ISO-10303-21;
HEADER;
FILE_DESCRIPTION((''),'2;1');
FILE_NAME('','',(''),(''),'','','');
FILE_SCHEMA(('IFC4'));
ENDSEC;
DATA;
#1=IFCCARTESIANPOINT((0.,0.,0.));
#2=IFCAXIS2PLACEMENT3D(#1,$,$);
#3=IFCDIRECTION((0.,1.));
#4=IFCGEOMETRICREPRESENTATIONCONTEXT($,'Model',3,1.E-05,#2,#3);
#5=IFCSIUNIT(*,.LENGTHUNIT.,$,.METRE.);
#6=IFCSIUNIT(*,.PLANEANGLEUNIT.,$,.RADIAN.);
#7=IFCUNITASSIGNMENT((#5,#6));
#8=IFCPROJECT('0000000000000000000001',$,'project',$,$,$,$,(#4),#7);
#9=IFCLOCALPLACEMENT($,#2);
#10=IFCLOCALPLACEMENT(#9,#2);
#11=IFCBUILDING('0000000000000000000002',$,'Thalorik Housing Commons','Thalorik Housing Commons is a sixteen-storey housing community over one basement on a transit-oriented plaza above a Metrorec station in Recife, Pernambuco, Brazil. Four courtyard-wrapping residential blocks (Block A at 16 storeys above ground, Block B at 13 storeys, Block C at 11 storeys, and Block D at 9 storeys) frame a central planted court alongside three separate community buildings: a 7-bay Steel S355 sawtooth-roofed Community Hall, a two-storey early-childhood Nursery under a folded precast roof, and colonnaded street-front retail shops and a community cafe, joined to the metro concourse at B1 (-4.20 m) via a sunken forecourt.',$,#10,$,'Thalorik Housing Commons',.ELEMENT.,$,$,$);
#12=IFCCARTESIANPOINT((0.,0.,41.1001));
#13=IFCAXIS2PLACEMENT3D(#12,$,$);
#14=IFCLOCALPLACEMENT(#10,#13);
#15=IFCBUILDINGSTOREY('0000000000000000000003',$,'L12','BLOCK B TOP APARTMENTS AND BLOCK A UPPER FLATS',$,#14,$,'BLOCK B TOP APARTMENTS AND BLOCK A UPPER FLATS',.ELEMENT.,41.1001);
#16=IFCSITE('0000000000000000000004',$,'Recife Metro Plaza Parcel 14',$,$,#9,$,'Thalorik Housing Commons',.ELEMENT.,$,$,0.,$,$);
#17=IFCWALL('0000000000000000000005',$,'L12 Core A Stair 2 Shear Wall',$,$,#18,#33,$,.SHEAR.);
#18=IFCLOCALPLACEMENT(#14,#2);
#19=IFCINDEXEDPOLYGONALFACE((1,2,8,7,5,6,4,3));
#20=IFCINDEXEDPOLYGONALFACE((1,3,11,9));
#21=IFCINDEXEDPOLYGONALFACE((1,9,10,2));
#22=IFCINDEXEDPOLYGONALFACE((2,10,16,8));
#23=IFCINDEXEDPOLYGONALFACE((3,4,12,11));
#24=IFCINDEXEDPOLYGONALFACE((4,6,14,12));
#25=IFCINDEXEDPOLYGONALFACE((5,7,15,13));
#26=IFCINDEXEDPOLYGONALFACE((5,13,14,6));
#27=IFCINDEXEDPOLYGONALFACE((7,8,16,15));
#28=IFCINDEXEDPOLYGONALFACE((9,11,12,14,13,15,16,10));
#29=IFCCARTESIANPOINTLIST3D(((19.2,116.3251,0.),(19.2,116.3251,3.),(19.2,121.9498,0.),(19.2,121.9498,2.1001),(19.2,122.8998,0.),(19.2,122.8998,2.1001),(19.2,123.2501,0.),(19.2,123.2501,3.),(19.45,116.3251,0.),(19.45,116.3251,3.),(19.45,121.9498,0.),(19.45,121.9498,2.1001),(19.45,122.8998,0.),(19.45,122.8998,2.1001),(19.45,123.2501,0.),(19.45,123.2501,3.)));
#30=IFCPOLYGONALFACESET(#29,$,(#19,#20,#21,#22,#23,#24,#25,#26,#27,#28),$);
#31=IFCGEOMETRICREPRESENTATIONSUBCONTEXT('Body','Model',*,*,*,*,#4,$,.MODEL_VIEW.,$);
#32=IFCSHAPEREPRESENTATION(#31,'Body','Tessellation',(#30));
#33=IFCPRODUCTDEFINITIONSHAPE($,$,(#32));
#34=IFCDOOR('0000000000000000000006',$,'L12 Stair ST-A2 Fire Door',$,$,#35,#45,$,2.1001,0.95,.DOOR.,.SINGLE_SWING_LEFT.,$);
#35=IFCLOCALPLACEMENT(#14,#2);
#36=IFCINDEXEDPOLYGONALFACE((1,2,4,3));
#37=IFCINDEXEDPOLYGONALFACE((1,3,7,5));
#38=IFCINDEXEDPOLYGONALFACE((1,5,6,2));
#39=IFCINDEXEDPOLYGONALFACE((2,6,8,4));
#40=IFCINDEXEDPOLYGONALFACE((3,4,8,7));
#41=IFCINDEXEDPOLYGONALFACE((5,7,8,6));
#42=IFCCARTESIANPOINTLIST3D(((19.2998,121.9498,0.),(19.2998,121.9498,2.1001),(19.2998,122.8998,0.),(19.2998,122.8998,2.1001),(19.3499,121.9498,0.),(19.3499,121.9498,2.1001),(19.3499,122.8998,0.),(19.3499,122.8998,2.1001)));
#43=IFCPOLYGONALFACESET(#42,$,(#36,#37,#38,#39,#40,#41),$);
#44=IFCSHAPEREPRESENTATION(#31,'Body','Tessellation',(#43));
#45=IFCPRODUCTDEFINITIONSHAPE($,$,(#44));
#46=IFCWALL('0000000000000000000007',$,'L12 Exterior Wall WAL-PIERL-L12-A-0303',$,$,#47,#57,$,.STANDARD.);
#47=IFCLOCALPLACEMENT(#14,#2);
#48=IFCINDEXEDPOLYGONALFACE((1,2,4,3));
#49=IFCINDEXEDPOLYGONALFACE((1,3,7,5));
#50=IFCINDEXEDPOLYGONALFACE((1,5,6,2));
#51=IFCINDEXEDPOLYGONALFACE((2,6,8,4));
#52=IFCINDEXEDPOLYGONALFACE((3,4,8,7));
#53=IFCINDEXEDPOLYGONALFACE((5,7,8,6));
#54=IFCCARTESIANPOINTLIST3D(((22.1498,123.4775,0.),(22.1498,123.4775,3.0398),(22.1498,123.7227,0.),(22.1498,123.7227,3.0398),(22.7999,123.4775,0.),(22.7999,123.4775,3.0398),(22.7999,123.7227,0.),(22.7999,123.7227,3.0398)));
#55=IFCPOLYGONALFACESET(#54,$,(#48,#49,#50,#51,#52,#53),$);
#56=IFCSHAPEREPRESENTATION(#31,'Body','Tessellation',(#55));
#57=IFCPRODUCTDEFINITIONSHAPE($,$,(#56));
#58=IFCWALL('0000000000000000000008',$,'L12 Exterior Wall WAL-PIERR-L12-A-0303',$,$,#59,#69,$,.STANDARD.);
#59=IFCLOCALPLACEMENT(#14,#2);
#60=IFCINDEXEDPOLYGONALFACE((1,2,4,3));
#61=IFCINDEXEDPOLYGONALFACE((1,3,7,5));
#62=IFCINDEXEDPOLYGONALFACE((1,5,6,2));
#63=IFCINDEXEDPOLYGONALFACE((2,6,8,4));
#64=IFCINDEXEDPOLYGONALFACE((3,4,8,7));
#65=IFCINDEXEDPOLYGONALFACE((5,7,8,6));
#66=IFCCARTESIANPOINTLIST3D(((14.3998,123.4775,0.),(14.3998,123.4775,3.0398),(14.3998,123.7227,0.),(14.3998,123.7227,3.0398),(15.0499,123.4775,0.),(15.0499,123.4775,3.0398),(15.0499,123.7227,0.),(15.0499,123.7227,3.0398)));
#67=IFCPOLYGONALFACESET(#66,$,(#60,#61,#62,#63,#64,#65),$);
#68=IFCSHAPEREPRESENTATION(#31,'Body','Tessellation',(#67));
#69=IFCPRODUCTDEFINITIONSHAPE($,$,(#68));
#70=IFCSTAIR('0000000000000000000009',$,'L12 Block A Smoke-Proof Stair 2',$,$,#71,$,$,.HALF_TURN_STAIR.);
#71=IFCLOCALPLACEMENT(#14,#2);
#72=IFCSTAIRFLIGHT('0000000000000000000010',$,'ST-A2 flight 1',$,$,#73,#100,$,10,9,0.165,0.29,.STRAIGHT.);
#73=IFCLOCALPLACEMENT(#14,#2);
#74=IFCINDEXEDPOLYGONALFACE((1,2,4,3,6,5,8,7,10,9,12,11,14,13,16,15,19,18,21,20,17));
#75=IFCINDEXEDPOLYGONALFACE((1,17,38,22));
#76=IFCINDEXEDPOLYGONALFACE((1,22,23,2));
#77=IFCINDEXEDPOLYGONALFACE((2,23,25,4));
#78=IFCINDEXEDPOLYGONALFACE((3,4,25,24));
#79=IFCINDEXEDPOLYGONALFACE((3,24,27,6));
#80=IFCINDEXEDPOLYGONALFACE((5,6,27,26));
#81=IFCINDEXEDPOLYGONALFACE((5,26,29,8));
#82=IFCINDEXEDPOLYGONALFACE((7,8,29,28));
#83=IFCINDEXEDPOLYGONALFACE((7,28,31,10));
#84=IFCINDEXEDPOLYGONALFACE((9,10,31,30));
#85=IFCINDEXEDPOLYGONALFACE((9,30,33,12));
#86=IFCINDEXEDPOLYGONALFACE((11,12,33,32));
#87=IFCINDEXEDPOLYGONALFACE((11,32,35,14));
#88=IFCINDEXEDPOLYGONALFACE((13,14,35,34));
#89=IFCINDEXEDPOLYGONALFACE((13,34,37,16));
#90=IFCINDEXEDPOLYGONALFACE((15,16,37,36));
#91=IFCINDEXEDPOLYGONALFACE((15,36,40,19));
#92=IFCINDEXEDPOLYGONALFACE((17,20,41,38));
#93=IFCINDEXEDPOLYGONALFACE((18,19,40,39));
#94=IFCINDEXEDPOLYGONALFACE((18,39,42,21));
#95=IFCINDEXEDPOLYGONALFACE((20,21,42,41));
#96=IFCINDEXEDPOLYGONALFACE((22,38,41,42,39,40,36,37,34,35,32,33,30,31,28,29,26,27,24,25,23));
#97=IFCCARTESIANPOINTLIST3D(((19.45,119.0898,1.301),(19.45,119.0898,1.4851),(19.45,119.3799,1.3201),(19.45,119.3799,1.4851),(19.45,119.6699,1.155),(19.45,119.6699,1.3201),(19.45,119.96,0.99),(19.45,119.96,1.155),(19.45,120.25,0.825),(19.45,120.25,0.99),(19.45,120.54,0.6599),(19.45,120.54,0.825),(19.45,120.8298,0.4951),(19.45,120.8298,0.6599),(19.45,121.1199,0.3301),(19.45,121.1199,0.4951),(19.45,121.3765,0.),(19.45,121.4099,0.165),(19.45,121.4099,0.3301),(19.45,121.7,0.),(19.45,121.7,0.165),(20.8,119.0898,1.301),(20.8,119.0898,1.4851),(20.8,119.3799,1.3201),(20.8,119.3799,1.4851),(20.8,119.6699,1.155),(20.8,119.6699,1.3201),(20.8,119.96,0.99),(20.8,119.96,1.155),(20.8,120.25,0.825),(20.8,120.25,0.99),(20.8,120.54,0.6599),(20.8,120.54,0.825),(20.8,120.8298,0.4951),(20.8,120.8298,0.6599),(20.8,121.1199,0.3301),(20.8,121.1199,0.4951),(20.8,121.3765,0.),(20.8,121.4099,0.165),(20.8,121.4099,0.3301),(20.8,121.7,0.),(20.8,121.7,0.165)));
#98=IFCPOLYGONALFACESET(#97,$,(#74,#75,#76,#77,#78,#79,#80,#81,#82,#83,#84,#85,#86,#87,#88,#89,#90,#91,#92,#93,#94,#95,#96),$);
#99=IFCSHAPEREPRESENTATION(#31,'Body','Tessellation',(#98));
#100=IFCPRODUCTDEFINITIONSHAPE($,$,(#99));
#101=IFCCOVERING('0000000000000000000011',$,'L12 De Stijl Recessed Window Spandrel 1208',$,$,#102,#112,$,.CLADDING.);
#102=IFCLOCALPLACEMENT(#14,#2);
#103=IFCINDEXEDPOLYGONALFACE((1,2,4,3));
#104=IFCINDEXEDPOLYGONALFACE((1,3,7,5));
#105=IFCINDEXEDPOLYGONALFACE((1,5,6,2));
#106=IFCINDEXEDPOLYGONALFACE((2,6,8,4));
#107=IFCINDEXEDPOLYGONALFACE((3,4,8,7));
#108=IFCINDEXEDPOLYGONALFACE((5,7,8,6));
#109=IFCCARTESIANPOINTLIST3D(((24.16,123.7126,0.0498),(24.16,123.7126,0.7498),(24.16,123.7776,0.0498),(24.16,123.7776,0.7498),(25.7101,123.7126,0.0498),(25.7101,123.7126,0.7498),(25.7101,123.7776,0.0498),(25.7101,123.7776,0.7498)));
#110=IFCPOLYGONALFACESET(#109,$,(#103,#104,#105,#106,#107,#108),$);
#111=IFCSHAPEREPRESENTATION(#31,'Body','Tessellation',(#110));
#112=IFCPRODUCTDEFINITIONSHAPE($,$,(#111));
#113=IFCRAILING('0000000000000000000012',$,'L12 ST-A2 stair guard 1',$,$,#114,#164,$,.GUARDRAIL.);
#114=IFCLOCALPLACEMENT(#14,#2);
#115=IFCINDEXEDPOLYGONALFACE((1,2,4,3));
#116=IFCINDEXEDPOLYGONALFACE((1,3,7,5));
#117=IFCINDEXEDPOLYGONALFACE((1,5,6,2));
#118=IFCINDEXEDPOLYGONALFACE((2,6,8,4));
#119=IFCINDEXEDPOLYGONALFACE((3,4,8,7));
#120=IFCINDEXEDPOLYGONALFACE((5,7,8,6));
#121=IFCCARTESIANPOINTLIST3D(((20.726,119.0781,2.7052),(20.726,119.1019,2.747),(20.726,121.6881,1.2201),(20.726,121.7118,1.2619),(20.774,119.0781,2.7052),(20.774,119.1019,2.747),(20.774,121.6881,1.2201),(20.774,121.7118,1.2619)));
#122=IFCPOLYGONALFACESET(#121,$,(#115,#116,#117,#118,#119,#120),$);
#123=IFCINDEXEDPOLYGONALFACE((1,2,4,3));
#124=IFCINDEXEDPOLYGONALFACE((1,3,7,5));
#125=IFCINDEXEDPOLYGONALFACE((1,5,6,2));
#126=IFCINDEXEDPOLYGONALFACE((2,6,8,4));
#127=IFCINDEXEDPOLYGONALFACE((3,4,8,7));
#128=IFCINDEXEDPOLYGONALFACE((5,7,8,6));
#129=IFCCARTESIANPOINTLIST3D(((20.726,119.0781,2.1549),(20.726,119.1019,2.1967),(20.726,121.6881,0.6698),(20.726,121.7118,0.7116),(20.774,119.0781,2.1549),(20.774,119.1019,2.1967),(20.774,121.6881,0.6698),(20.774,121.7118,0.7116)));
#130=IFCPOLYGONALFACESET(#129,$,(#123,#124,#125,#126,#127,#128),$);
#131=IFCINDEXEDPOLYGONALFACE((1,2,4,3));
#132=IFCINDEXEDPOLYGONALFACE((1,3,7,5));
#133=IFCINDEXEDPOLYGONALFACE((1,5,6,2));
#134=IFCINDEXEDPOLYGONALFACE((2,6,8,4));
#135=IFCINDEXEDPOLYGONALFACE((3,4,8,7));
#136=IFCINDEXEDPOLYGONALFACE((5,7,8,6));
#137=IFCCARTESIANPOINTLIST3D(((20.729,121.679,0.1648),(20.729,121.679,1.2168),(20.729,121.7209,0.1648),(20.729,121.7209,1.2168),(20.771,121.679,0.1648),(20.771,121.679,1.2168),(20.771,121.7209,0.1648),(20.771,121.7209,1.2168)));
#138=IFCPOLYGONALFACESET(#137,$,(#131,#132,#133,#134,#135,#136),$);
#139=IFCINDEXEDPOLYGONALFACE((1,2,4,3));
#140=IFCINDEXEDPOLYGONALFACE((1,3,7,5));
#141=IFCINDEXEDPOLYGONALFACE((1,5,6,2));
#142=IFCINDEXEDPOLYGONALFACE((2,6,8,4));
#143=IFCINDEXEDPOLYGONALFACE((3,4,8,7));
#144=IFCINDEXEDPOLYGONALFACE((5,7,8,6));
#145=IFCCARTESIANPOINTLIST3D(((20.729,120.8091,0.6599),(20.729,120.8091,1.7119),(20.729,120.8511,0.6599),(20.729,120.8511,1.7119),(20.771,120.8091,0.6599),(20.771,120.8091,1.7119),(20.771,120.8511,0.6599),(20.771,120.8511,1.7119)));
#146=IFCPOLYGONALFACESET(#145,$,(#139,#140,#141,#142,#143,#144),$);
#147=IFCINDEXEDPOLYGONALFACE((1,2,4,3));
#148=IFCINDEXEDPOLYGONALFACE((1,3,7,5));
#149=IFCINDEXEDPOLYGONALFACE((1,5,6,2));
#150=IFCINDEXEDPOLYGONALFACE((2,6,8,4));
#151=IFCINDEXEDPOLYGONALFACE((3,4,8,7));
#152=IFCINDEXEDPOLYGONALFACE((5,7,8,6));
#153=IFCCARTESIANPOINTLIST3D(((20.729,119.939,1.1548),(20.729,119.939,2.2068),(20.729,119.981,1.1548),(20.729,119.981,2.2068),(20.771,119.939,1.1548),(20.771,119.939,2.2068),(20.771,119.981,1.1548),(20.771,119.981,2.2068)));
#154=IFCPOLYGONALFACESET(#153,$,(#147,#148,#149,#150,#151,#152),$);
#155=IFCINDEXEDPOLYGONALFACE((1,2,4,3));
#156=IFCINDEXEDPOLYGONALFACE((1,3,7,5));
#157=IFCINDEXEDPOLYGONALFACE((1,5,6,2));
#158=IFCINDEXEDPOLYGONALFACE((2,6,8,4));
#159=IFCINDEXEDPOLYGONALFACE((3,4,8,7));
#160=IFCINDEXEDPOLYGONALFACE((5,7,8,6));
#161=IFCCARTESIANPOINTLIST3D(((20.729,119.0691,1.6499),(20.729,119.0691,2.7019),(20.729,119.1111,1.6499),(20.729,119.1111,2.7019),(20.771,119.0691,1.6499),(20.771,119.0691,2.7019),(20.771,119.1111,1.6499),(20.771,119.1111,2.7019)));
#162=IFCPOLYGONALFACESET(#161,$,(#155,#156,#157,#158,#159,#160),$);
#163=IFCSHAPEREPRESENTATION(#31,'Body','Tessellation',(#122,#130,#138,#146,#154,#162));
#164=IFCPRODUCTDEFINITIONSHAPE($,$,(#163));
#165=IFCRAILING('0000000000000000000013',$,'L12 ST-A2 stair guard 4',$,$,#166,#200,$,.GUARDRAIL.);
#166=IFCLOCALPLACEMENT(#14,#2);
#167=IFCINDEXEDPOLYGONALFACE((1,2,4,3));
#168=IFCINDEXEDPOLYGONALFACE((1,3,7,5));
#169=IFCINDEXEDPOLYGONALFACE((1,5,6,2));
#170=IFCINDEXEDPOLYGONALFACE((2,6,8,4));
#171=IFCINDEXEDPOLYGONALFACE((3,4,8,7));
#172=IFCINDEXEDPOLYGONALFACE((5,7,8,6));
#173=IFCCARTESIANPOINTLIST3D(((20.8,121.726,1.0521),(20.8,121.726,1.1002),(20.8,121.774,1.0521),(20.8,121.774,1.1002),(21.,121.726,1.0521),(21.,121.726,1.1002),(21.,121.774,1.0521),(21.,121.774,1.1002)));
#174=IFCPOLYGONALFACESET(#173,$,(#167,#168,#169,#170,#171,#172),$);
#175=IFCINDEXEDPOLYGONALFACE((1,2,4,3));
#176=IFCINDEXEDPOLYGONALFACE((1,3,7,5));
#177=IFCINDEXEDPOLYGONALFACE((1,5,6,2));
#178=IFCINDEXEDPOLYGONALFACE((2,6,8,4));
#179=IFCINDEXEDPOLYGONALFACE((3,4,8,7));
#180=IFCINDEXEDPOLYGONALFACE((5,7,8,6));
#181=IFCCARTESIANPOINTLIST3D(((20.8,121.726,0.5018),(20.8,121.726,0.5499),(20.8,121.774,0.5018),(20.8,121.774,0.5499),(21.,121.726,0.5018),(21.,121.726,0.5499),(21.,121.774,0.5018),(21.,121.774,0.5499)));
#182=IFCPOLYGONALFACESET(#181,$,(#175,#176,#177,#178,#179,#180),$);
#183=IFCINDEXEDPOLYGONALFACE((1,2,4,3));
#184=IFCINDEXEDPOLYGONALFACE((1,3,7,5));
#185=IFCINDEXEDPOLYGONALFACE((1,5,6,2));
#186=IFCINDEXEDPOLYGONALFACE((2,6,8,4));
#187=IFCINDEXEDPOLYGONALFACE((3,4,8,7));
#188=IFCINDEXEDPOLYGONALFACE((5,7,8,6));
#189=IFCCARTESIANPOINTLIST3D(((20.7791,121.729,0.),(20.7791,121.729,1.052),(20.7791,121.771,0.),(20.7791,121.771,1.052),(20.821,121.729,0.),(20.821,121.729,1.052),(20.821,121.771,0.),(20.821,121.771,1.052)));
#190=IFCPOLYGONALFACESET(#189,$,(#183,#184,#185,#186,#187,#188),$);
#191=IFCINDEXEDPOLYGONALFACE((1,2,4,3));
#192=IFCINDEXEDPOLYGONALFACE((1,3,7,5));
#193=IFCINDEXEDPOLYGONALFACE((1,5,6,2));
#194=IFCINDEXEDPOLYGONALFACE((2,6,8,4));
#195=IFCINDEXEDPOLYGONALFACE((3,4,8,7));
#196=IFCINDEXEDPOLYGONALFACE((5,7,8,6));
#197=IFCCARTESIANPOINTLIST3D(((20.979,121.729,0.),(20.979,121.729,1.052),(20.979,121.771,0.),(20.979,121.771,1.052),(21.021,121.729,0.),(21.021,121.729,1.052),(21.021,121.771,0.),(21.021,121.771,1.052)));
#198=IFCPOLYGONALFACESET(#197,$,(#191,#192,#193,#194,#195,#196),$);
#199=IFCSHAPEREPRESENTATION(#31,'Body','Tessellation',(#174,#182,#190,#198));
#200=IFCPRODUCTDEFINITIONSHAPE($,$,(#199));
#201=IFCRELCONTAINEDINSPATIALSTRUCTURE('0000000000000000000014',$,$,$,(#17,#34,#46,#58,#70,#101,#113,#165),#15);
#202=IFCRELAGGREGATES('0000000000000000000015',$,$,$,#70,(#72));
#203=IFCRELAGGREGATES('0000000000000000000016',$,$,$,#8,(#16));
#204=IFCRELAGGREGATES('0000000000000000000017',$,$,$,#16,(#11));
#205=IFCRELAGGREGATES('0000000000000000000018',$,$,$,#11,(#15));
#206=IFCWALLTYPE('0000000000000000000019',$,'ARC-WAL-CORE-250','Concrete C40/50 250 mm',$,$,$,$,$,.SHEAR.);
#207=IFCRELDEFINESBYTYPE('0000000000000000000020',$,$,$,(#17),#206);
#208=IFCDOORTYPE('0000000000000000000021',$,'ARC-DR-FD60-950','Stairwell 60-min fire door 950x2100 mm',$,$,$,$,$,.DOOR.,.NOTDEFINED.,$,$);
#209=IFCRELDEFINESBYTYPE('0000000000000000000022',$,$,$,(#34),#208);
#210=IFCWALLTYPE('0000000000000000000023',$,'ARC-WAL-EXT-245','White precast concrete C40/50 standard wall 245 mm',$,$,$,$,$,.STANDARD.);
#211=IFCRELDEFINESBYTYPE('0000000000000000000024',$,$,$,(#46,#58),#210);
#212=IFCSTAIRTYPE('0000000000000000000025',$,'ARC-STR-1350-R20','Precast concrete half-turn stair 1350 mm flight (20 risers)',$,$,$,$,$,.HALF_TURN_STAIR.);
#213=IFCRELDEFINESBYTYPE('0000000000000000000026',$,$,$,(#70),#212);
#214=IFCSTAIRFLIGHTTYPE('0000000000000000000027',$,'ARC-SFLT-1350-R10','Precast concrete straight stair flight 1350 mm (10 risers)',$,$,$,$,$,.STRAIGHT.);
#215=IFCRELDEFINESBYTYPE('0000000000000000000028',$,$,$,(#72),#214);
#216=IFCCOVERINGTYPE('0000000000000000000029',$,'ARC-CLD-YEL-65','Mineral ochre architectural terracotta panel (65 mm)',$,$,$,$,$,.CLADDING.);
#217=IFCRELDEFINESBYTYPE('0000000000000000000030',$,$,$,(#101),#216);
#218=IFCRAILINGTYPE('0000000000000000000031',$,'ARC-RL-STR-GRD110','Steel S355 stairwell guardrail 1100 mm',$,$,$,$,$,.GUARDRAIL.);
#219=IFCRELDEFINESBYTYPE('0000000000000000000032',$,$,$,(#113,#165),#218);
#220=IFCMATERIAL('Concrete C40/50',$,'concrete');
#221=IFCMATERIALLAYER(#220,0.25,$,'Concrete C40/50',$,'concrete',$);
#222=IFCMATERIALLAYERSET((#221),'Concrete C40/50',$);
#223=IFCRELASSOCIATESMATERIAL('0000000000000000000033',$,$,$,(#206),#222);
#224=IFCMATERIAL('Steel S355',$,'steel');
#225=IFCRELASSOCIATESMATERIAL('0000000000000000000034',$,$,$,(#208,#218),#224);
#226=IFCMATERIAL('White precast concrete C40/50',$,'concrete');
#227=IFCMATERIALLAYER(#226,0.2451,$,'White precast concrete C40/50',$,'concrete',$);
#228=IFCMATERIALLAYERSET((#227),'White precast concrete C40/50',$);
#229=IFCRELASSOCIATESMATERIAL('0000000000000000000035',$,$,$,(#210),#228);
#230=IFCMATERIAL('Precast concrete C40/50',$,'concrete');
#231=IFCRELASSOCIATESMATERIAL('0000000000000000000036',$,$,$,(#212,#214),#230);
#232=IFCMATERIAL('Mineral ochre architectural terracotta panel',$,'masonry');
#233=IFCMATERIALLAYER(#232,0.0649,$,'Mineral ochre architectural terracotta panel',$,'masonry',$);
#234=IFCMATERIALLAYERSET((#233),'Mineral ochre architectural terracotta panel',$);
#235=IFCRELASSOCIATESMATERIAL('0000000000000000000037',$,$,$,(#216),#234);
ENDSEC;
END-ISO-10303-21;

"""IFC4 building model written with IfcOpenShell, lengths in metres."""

from ifc_helpers import new_model, si_unit, direction, frame, frame_2d, origin, origin_2d, place, context, subcontext, project, spatial, polyline, rectangle, outline, extrude, material, layer, layer_set, type_object, element, fill, aggregate, save


model = new_model("IFC4")

# Units and contexts
model_context = context("Model", 3, precision=1e-05, world=origin(), true_north=direction((0.0, 1.0)))
body_context = subcontext(model_context, "Body", "Model", "MODEL_VIEW")
ifc_project = project(units=[si_unit("LENGTHUNIT", "METRE"), si_unit("PLANEANGLEUNIT", "RADIAN")], contexts=[model_context])

# Site, building, storey
site_placement = place(None, origin())
site = spatial("IfcSite", under=ifc_project, at=site_placement, Name="Recife Metro Plaza Parcel 14", LongName="Thalorik Housing Commons", CompositionType="ELEMENT", RefElevation=0.0)
building_placement = place(site_placement, origin())
building = spatial("IfcBuilding", under=site, at=building_placement, Name="Thalorik Housing Commons", Description="Thalorik Housing Commons is a sixteen-storey housing community over one basement on a transit-oriented plaza above a Metrorec station in Recife, Pernambuco, Brazil. Four courtyard-wrapping residential blocks (Block A at 16 storeys above ground, Block B at 13 storeys, Block C at 11 storeys, and Block D at 9 storeys) frame a central planted court alongside three separate community buildings: a 7-bay Steel S355 sawtooth-roofed Community Hall, a two-storey early-childhood Nursery under a folded precast roof, and colonnaded street-front retail shops and a community cafe, joined to the metro concourse at B1 (-4.20 m) via a sunken forecourt.", LongName="Thalorik Housing Commons", CompositionType="ELEMENT")
storey_placement = place(building_placement, frame((0.0, 0.0, 41.1001)))
storey = spatial("IfcBuildingStorey", under=building, at=storey_placement, Name="L12", Description="BLOCK B TOP APARTMENTS AND BLOCK A UPPER FLATS", LongName="BLOCK B TOP APARTMENTS AND BLOCK A UPPER FLATS", CompositionType="ELEMENT", Elevation=41.1001)

# Shared definitions
ifc_material_1 = material(Name="Precast concrete C40/50", Category="concrete")

# Shared definitions
ifc_material_2 = material(Name="Concrete C40/50", Category="concrete")
ifc_layer_1 = layer(ifc_material_2, 0.25, Name="Concrete C40/50", Category="concrete")
ifc_layer_set_1 = layer_set([ifc_layer_1], Name="Concrete C40/50")
wall_type_1 = type_object("IfcWallType", Name="ARC-WAL-CORE-250", Description="Concrete C40/50 250 mm", PredefinedType="SHEAR", material=ifc_layer_set_1)

# Wall, opening, door
wall_1_placement = place(storey_placement, frame((19.325, 123.25, 0.0), z_axis=(0.0, 0.0, 1.0), x_axis=(0.0, -1.0, 0.0)))
wall_1 = element("IfcWall", 1, at=wall_1_placement, inside=storey, type_object=wall_type_1, Name="L12 Core A Stair 2 Shear Wall", PredefinedType="SHEAR", context=body_context, shape_type="SweptSolid", body=[
    extrude(rectangle(XDim=6.925, YDim=0.25, at=frame_2d((3.4624, 0.0))), origin(), (0.0, 0.0, 1.0), 3.0),
])
opening_placement = place(wall_1_placement, frame((0.3501, 0.0, 0.0)))
opening = element("IfcOpeningElement", 2, at=opening_placement, cuts=wall_1, PredefinedType="OPENING", context=body_context, shape_type="SweptSolid", body=[
    extrude(rectangle(XDim=0.95, YDim=2.1001, at=frame_2d((0.4751, 1.05))), frame((0.0, 0.135, 0.0), z_axis=(0.0, -1.0, 0.0), x_axis=(1.0, 0.0, 0.0)), (0.0, 0.0, 1.0), 0.27),
])
ifc_material_3 = material(Name="Steel S355", Category="steel")
door_type = type_object("IfcDoorType", Name="ARC-DR-FD60-950", Description="Stairwell 60-min fire door 950x2100 mm", OperationType="NOTDEFINED", PredefinedType="DOOR", material=ifc_material_3)
door_placement = place(opening_placement, origin())
door = element("IfcDoor", 3, at=door_placement, inside=storey, type_object=door_type, Name="L12 Stair ST-A2 Fire Door", OperationType="SINGLE_SWING_LEFT", OverallHeight=2.1001, OverallWidth=0.95, PredefinedType="DOOR", context=body_context, shape_type="SweptSolid", body=[
    extrude(rectangle(XDim=0.95, YDim=2.1001, at=frame_2d((0.4751, 1.05))), frame((0.0, 0.0249, 0.0), z_axis=(0.0, -1.0, 0.0), x_axis=(1.0, 0.0, 0.0)), (0.0, 0.0, 1.0), 0.05),
])
fill(opening, door)

# Walls
ifc_material_4 = material(Name="White precast concrete C40/50", Category="concrete")
ifc_layer_2 = layer(ifc_material_4, 0.2451, Name="White precast concrete C40/50", Category="concrete")
ifc_layer_set_2 = layer_set([ifc_layer_2], Name="White precast concrete C40/50")
wall_type_2 = type_object("IfcWallType", Name="ARC-WAL-EXT-245", Description="White precast concrete C40/50 standard wall 245 mm", PredefinedType="STANDARD", material=ifc_layer_set_2)
for number, where, z_axis, x_axis, name in (
    (4, (22.8, 123.6001, 0.0), (0.0, 0.0, 1.0), (-1.0, 0.0, 0.0), "L12 Exterior Wall WAL-PIERL-L12-A-0303"),
    (5, (15.05, 123.6001, 0.0), (0.0, 0.0, 1.0), (-1.0, 0.0, 0.0), "L12 Exterior Wall WAL-PIERR-L12-A-0303"),
):
    element("IfcWall", number, at=place(storey_placement, frame(where, z_axis=z_axis, x_axis=x_axis)), inside=storey, type_object=wall_type_2, Name=name, PredefinedType="STANDARD", context=body_context, shape_type="SweptSolid", body=[
        extrude(rectangle(XDim=0.6501, YDim=0.2451, at=frame_2d((0.3252, 0.0))), origin(), (0.0, 0.0, 1.0), 3.0398),
    ])

# Stair, stair flight
stair_type = type_object("IfcStairType", Name="ARC-STR-1350-R20", Description="Precast concrete half-turn stair 1350 mm flight (20 risers)", PredefinedType="HALF_TURN_STAIR", material=ifc_material_1)
stair_placement = place(storey_placement, origin())
stair = element("IfcStair", 6, at=stair_placement, inside=storey, type_object=stair_type, Name="L12 Block A Smoke-Proof Stair 2", PredefinedType="HALF_TURN_STAIR")
stair_flight_type = type_object("IfcStairFlightType", Name="ARC-SFLT-1350-R10", Description="Precast concrete straight stair flight 1350 mm (10 risers)", PredefinedType="STRAIGHT", material=ifc_material_1)
stair_flight_placement = place(storey_placement, frame((20.125, 121.7, 0.0), z_axis=(0.0, 0.0, 1.0), x_axis=(0.0, -1.0, 0.0)))
stair_flight = element("IfcStairFlight", 7, at=stair_flight_placement, type_object=stair_flight_type, Name="ST-A2 flight 1", NumberOfRisers=10, NumberOfTreads=9, PredefinedType="STRAIGHT", RiserHeight=0.165, TreadLength=0.29, context=body_context, shape_type="SweptSolid", body=[
    extrude(outline(polyline([(0.0, 0.0), (0.0, 0.165), (0.29, 0.165), (0.29, 0.3301), (0.5801, 0.3301), (0.5801, 0.4951), (0.8701, 0.4951), (0.8701, 0.6599), (1.1599, 0.6599), (1.1599, 0.825), (1.45, 0.825), (1.45, 0.99), (1.74, 0.99), (1.74, 1.155), (2.03, 1.155), (2.03, 1.3201), (2.3201, 1.3201), (2.3201, 1.4851), (2.6101, 1.4851), (2.6101, 1.6499), (2.6101, 1.301), (0.3235, 0.0), (0.0, 0.0)])), frame((0.0, 0.675, 0.0), z_axis=(0.0, -1.0, 0.0), x_axis=(1.0, 0.0, 0.0)), (0.0, 0.0, 1.0), 1.3501),
])
aggregate(stair, [stair_flight])

# Covering
ifc_material_5 = material(Name="Mineral ochre architectural terracotta panel", Category="masonry")
ifc_layer_3 = layer(ifc_material_5, 0.0649, Name="Mineral ochre architectural terracotta panel", Category="masonry")
ifc_layer_set_3 = layer_set([ifc_layer_3], Name="Mineral ochre architectural terracotta panel")
covering_type = type_object("IfcCoveringType", Name="ARC-CLD-YEL-65", Description="Mineral ochre architectural terracotta panel (65 mm)", PredefinedType="CLADDING", material=ifc_layer_set_3)
covering_placement = place(storey_placement, frame((24.9351, 123.7451, 0.0498), z_axis=(0.0, 0.0, 1.0), x_axis=(-1.0, 0.0, 0.0)))
element("IfcCovering", 8, at=covering_placement, inside=storey, type_object=covering_type, Name="L12 De Stijl Recessed Window Spandrel 1208", PredefinedType="CLADDING", context=body_context, shape_type="SweptSolid", body=[
    extrude(rectangle(XDim=1.55, YDim=0.0649, at=origin_2d()), origin(), (0.0, 0.0, 1.0), 0.7),
])

# Railings
railing_type_1 = type_object("IfcRailingType", Name="ARC-RL-STR-GRD110", Description="Steel S355 stairwell guardrail 1100 mm", PredefinedType="GUARDRAIL", material=ifc_material_3)
railing_1_placement = place(storey_placement, frame((20.75, 121.7, 0.1648)))
element("IfcRailing", 9, at=railing_1_placement, inside=storey, type_object=railing_type_1, Name="L12 ST-A2 stair guard 1", PredefinedType="GUARDRAIL", context=body_context, shape_type="SweptSolid", body=[
    extrude(rectangle(XDim=0.0481, YDim=0.0481, at=origin_2d()), frame((0.0, 0.0, 1.0762), z_axis=(0.0, -0.869137, 0.494571), x_axis=(1.0, 0.0, 0.0)), (0.0, 0.0, 1.0), 3.0029),
    extrude(rectangle(XDim=0.0481, YDim=0.0481, at=origin_2d()), frame((0.0, 0.0, 0.5259), z_axis=(0.0, -0.869137, 0.494571), x_axis=(1.0, 0.0, 0.0)), (0.0, 0.0, 1.0), 3.0029),
    extrude(rectangle(XDim=0.042, YDim=0.042, at=origin_2d()), origin(), (0.0, 0.0, 1.0), 1.052),
    extrude(rectangle(XDim=0.042, YDim=0.042, at=origin_2d()), frame((0.0, -0.8699, 0.4951)), (0.0, 0.0, 1.0), 1.052),
    extrude(rectangle(XDim=0.042, YDim=0.042, at=origin_2d()), frame((0.0, -1.74, 0.99)), (0.0, 0.0, 1.0), 1.052),
    extrude(rectangle(XDim=0.042, YDim=0.042, at=origin_2d()), frame((0.0, -2.6099, 1.4851)), (0.0, 0.0, 1.0), 1.052),
])
railing_2_placement = place(storey_placement, frame((20.8, 121.75, 0.0)))
element("IfcRailing", 10, at=railing_2_placement, inside=storey, type_object=railing_type_1, Name="L12 ST-A2 stair guard 4", PredefinedType="GUARDRAIL", context=body_context, shape_type="SweptSolid", body=[
    extrude(rectangle(XDim=0.0481, YDim=0.0481, at=origin_2d()), frame((0.0, 0.0, 1.0762), z_axis=(1.0, 0.0, 0.0), x_axis=(0.0, 1.0, 0.0)), (0.0, 0.0, 1.0), 0.2),
    extrude(rectangle(XDim=0.0481, YDim=0.0481, at=origin_2d()), frame((0.0, 0.0, 0.5259), z_axis=(1.0, 0.0, 0.0), x_axis=(0.0, 1.0, 0.0)), (0.0, 0.0, 1.0), 0.2),
    extrude(rectangle(XDim=0.042, YDim=0.042, at=origin_2d()), origin(), (0.0, 0.0, 1.0), 1.052),
    extrude(rectangle(XDim=0.042, YDim=0.042, at=origin_2d()), frame((0.2, 0.0, 0.0)), (0.0, 0.0, 1.0), 1.052),
])

save(model, "model.ifc")
